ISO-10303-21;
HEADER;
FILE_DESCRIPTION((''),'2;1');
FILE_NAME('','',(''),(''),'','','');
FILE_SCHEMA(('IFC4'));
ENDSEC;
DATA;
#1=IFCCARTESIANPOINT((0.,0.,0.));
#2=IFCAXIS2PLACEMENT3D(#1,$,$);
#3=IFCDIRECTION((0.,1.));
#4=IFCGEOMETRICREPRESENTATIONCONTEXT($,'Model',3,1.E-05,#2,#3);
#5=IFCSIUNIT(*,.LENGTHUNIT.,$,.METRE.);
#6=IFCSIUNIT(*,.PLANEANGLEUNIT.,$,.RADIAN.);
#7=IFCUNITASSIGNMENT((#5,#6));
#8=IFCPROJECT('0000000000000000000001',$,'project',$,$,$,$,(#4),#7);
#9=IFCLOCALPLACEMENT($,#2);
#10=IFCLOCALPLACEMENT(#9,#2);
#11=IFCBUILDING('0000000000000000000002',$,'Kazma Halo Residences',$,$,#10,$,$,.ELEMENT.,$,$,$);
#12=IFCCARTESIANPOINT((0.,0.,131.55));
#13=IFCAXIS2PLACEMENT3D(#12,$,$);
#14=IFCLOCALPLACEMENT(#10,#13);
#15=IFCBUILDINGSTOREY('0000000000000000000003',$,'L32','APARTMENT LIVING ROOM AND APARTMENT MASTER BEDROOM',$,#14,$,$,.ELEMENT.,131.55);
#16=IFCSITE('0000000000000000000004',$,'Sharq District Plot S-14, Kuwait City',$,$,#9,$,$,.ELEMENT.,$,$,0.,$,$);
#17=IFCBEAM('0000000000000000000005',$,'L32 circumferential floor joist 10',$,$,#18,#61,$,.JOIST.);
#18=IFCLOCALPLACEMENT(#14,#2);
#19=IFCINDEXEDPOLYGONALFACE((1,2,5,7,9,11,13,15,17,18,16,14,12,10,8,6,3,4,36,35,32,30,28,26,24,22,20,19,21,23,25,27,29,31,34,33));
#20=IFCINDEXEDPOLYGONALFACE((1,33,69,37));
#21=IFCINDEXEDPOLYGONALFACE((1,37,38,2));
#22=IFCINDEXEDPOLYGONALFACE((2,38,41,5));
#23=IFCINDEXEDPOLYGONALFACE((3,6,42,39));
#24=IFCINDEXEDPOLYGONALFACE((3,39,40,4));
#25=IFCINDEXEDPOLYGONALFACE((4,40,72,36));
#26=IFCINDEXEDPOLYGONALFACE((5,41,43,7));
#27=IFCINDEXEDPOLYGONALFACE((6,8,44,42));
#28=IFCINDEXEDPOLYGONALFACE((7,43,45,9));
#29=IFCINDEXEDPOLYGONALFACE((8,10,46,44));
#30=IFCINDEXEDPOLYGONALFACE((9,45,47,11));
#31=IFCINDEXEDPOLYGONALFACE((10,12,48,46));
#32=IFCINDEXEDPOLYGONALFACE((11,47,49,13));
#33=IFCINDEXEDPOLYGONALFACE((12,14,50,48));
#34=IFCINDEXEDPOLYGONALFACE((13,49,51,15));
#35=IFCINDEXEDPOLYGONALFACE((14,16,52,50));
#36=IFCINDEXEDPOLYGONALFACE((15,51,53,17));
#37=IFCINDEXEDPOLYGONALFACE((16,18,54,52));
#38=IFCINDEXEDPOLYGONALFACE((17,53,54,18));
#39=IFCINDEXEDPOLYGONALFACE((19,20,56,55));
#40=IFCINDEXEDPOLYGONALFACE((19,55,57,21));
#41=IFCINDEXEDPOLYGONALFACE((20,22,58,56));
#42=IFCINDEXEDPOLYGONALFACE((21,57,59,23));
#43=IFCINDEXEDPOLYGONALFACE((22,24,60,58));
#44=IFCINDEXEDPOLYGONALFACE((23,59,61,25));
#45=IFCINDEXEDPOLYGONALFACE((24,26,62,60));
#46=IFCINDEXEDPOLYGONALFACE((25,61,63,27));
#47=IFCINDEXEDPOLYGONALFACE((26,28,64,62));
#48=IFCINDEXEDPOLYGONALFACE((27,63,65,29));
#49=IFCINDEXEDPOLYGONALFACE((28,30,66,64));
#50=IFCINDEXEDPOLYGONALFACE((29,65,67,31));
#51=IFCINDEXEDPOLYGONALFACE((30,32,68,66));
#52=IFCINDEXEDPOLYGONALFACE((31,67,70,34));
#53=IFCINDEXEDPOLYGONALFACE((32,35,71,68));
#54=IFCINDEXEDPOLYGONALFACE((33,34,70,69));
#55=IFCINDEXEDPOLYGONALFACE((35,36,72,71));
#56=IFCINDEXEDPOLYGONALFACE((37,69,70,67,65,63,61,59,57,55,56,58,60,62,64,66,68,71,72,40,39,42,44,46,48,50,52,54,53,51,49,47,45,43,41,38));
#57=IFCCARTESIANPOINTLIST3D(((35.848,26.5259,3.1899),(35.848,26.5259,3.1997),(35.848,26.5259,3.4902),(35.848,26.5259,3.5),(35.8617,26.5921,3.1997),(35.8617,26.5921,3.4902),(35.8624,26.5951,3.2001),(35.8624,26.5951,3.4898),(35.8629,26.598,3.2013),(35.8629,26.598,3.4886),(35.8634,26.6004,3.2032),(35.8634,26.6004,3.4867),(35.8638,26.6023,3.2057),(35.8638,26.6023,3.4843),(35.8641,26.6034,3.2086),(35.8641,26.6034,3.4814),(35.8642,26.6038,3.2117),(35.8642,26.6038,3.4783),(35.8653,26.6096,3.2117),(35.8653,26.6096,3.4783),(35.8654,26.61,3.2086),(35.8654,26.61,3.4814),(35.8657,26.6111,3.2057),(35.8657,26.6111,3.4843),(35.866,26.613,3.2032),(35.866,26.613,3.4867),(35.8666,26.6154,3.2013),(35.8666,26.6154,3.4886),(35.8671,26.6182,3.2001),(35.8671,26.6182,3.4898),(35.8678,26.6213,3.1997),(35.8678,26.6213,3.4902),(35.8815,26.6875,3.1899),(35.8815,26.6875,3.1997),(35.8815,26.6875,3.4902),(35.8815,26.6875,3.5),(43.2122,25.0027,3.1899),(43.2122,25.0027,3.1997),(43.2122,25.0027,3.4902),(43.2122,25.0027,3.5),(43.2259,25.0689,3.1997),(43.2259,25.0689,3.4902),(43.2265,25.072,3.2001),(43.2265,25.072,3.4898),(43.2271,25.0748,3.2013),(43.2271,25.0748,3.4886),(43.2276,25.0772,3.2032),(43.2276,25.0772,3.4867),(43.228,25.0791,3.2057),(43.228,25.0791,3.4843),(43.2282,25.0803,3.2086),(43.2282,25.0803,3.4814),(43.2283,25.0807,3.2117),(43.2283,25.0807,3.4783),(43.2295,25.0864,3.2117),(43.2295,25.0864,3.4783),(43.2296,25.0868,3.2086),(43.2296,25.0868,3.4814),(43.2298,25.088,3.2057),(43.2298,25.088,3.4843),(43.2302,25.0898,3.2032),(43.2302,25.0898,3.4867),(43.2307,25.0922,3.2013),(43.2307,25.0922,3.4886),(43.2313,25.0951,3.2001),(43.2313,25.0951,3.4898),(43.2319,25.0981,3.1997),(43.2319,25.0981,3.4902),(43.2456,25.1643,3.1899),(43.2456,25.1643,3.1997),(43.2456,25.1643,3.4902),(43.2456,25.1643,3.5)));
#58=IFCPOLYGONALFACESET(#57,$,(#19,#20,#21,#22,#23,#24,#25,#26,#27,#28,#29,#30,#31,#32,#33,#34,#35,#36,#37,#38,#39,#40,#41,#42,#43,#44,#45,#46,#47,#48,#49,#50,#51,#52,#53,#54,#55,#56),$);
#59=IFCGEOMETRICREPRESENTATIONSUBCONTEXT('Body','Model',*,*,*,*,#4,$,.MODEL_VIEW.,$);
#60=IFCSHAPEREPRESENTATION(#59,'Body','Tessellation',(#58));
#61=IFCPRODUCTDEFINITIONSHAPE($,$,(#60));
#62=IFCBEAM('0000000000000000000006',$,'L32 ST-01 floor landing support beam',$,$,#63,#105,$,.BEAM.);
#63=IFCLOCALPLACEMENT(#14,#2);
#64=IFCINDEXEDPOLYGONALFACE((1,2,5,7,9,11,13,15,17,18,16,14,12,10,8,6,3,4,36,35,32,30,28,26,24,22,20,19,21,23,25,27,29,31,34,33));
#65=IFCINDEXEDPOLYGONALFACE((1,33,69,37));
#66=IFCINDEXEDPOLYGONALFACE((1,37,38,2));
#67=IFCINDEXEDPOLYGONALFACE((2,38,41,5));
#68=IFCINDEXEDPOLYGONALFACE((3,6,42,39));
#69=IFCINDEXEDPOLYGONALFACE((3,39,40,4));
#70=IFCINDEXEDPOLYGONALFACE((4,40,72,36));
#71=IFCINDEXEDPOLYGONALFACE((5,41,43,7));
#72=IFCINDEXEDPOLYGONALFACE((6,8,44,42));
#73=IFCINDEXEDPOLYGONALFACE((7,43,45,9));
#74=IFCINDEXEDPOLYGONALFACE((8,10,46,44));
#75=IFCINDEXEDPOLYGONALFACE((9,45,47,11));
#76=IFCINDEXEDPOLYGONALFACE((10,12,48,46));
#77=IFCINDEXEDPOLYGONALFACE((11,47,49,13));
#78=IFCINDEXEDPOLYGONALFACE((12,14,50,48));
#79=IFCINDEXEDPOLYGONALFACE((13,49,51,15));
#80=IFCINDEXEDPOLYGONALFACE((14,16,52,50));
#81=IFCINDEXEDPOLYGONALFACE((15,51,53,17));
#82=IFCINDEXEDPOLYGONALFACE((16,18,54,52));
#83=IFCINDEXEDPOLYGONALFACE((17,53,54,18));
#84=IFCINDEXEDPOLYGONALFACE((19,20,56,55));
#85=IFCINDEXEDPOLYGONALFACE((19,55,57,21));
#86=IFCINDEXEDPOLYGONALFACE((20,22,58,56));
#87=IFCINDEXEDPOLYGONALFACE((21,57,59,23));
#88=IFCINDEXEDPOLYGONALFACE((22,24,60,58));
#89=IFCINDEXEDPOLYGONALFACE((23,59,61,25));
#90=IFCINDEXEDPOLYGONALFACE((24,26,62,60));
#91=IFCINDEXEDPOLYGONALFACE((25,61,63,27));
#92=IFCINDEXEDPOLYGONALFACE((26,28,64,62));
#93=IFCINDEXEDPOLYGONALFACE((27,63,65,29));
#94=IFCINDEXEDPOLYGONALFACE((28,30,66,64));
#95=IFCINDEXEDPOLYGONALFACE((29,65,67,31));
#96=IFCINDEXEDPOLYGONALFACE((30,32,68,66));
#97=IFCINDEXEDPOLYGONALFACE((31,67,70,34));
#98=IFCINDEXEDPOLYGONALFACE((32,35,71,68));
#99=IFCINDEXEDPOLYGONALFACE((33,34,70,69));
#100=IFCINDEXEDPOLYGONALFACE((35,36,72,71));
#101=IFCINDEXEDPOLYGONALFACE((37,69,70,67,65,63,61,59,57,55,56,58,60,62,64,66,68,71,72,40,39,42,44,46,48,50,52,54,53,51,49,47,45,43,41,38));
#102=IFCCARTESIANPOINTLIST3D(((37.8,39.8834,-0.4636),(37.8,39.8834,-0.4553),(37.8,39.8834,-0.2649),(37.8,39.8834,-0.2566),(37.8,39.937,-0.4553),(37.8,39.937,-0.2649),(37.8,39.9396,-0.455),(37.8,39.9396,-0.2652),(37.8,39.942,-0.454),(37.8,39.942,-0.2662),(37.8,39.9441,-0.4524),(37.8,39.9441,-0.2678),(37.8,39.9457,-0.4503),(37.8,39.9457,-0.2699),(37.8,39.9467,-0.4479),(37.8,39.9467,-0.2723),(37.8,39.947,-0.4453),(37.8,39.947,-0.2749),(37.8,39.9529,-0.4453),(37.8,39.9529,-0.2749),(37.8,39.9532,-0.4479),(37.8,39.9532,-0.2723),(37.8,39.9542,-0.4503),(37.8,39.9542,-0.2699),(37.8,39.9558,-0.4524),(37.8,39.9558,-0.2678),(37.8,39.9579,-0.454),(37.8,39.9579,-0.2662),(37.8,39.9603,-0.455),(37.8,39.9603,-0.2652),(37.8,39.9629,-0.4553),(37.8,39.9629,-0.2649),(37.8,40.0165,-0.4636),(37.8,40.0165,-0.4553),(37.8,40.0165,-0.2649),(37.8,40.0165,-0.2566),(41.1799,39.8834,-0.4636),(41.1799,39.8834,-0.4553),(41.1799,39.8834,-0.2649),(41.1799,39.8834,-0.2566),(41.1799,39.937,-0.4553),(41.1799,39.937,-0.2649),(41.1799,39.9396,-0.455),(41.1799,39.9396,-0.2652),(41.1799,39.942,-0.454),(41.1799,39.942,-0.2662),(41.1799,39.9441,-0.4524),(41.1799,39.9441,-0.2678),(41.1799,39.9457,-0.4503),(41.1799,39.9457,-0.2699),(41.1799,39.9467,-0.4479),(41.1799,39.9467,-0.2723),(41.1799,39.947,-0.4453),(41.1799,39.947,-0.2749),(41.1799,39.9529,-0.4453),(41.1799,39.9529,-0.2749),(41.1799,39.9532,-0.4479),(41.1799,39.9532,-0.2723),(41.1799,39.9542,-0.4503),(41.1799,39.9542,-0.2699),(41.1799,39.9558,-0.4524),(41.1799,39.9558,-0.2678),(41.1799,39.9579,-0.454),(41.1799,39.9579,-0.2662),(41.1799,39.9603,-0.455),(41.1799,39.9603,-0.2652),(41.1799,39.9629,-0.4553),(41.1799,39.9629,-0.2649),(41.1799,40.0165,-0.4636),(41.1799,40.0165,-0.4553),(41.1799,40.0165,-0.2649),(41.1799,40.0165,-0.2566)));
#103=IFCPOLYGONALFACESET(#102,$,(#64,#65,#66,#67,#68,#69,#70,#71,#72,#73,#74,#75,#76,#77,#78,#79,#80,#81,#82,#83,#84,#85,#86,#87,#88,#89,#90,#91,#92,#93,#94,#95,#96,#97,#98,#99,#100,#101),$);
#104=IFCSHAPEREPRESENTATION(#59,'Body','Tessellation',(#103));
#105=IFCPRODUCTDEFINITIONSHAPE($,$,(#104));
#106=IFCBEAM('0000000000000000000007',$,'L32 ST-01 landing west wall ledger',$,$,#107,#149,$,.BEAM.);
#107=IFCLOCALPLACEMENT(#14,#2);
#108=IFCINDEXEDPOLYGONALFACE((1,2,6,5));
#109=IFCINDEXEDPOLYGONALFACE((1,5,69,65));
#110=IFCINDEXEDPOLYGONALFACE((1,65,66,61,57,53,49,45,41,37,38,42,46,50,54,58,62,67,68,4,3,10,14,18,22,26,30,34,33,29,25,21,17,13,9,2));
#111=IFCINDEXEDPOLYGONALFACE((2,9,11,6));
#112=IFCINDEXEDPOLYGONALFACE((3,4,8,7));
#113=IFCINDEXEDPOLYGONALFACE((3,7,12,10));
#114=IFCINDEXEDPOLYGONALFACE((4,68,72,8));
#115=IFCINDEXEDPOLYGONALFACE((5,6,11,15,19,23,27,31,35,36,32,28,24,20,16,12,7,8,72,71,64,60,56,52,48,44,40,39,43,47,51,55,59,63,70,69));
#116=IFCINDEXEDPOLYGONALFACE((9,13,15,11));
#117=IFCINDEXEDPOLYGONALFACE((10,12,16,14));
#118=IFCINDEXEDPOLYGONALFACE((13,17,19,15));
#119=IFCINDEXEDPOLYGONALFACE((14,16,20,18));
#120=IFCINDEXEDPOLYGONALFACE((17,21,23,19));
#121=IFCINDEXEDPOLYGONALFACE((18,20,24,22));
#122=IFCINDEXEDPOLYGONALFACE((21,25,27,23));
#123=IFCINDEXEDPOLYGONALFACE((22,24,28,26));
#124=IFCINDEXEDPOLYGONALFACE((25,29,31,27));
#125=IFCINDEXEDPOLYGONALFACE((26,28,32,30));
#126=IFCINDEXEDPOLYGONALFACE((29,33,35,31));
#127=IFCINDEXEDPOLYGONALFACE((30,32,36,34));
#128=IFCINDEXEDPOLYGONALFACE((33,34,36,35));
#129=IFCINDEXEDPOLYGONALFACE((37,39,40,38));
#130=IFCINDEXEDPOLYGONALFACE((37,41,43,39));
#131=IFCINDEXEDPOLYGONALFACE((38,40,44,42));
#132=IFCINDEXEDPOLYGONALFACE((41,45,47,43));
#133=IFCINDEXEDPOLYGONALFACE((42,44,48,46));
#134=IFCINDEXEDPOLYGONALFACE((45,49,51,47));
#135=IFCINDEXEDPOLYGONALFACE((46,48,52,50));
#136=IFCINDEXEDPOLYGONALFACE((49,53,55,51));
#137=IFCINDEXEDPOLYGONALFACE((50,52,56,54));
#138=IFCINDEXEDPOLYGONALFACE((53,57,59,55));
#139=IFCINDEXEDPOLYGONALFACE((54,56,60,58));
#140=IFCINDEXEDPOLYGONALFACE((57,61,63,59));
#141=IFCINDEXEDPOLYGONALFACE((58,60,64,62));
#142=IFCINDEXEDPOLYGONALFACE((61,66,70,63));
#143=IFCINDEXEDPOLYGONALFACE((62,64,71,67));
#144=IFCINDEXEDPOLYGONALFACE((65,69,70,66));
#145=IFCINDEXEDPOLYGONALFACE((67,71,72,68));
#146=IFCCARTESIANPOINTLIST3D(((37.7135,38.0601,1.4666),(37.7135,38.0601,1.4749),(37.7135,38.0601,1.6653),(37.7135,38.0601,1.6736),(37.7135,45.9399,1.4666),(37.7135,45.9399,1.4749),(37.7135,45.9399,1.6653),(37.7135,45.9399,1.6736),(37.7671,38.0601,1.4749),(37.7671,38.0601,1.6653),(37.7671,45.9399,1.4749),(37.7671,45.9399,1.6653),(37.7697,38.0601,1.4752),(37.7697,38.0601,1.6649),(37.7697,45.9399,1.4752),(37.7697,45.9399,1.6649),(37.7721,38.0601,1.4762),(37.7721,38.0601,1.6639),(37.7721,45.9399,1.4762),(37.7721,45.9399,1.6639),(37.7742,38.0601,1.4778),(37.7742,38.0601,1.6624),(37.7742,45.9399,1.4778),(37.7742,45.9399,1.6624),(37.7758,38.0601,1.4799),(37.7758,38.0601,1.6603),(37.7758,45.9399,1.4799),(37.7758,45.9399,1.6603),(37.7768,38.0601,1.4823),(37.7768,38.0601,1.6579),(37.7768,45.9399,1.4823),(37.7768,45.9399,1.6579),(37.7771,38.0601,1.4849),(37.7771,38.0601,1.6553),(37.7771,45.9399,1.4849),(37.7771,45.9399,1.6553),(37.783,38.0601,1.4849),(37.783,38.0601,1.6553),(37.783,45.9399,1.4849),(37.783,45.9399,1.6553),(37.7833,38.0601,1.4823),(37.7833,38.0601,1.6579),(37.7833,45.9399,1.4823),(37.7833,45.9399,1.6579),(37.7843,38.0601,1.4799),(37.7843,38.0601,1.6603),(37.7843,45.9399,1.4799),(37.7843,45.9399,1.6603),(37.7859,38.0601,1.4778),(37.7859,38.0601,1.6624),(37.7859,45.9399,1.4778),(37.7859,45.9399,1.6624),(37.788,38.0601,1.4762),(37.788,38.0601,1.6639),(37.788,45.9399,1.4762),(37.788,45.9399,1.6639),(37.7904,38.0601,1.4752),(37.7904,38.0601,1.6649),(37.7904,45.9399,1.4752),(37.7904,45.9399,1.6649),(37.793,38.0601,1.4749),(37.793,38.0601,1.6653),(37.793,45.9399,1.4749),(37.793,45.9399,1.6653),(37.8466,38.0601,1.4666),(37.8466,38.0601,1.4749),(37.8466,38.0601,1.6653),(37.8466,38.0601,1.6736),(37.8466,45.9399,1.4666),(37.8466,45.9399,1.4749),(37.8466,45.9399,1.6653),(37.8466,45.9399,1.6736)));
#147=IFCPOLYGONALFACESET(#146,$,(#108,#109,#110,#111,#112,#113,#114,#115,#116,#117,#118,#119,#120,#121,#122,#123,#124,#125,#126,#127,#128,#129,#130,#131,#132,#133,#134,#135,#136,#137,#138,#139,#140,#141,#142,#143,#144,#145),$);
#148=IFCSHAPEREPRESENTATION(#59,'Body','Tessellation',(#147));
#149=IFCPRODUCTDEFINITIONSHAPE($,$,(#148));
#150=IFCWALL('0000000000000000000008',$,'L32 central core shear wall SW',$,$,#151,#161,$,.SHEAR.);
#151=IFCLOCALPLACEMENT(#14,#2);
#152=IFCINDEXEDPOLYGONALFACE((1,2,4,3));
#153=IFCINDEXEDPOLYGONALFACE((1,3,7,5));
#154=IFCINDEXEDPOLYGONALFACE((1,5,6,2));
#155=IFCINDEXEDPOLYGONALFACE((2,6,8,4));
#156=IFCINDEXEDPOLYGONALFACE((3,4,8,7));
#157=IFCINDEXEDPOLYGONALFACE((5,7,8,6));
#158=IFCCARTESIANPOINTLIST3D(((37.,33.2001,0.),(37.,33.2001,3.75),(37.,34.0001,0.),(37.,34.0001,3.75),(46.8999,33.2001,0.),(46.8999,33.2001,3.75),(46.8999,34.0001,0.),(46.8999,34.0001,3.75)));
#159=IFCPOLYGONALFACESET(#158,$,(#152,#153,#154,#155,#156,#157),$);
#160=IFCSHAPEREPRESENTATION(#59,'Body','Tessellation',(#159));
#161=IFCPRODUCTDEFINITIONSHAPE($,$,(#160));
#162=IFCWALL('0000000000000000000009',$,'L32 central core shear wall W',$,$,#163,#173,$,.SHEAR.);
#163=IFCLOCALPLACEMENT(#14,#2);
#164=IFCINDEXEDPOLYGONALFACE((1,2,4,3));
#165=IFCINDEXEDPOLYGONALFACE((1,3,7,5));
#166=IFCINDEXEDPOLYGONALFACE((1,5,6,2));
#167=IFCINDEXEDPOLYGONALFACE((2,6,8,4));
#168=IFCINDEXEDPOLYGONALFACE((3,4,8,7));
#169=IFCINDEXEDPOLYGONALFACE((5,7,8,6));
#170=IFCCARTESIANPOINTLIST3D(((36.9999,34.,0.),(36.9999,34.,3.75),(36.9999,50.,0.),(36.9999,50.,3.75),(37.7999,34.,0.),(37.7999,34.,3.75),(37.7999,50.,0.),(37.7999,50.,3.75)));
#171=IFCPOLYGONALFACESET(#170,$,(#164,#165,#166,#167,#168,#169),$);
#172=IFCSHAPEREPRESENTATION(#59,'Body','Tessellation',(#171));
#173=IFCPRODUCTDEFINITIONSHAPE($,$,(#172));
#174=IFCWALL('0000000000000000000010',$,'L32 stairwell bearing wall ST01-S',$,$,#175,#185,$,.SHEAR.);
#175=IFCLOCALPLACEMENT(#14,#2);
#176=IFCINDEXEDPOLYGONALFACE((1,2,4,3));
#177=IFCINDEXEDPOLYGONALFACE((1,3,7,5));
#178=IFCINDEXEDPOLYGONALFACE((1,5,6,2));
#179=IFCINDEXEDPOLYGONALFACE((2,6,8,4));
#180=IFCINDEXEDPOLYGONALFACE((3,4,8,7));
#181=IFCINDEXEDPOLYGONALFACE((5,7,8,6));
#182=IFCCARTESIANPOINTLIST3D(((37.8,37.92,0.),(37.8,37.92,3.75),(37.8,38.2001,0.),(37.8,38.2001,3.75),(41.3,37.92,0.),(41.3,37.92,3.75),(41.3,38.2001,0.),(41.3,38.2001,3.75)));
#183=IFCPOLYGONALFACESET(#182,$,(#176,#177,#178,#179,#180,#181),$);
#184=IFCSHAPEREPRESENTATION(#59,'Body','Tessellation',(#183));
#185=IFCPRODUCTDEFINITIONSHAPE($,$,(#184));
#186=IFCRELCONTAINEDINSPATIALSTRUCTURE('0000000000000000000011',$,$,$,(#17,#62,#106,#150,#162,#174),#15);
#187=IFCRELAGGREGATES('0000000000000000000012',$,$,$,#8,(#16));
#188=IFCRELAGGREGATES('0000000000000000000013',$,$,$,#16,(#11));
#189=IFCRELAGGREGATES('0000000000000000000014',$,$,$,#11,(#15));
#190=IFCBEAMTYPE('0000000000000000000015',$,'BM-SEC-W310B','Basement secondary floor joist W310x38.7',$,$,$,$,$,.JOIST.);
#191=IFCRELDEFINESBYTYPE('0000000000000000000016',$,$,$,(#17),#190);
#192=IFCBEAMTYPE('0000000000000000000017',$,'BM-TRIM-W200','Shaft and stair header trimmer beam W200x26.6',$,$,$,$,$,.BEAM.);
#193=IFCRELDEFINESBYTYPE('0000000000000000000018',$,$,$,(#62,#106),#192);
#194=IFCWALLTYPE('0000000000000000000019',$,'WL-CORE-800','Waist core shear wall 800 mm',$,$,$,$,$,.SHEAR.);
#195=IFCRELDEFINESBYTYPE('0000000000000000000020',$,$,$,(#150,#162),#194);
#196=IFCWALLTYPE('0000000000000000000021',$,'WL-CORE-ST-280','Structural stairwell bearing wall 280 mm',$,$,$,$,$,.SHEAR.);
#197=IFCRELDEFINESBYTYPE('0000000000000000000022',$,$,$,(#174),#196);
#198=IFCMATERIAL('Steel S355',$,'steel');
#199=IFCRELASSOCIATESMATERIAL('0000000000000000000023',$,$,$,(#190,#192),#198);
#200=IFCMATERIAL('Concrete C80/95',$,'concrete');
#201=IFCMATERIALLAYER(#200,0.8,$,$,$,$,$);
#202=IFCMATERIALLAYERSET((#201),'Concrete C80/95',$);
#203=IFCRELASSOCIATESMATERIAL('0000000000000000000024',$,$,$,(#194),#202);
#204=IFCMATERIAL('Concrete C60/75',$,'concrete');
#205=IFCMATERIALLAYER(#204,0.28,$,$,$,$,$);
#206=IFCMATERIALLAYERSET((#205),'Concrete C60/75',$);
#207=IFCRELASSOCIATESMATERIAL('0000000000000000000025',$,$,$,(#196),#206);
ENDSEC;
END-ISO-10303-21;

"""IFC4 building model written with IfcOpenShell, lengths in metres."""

from ifc_helpers import new_model, si_unit, direction, frame, frame_2d, origin, origin_2d, place, context, subcontext, project, spatial, rectangle, i_section, extrude, material, layer, layer_set, material_profile, profile_set, type_object, element, save


model = new_model("IFC4")

# Units and contexts
model_context = context("Model", 3, precision=1e-05, world=origin(), true_north=direction((0.0, 1.0)))
body_context = subcontext(model_context, "Body", "Model", "MODEL_VIEW")
ifc_project = project(units=[si_unit("LENGTHUNIT", "METRE"), si_unit("PLANEANGLEUNIT", "RADIAN")], contexts=[model_context])

# Site, building, storey
site_placement = place(None, origin())
site = spatial("IfcSite", under=ifc_project, at=site_placement, Name="Sharq District Plot S-14, Kuwait City", CompositionType="ELEMENT", RefElevation=0.0)
building_placement = place(site_placement, origin())
building = spatial("IfcBuilding", under=site, at=building_placement, Name="Kazma Halo Residences", CompositionType="ELEMENT")
storey_placement = place(building_placement, frame((0.0, 0.0, 131.55)))
storey = spatial("IfcBuildingStorey", under=building, at=storey_placement, Name="L32", Description="APARTMENT LIVING ROOM AND APARTMENT MASTER BEDROOM", CompositionType="ELEMENT", Elevation=131.55)

# Beams
ifc_material_1 = material(Name="Steel S355", Category="steel")
ifc_material_profile_1 = material_profile(ifc_material_1, i_section(OverallWidth=0.165, OverallDepth=0.3101, WebThickness=0.0059, FlangeThickness=0.0098, FilletRadius=0.012, at=origin_2d()), Name="W310x38.7")
ifc_profile_set_1 = profile_set([ifc_material_profile_1], Name="Steel S355")
beam_type_1 = type_object("IfcBeamType", Name="BM-SEC-W310B", Description="Basement secondary floor joist W310x38.7", PredefinedType="JOIST", material=ifc_profile_set_1)
beam_1_placement = place(storey_placement, frame((35.8647, 26.6067, 3.345), z_axis=(0.979272, -0.202549, 0.0), x_axis=(0.202549, 0.979272, 0.0)))
element("IfcBeam", 1, at=beam_1_placement, inside=storey, type_object=beam_type_1, Name="L32 circumferential floor joist 10", PredefinedType="JOIST", context=body_context, shape_type="SweptSolid", body=[
    extrude(i_section(OverallWidth=0.165, OverallDepth=0.3101, WebThickness=0.0059, FlangeThickness=0.0098, FilletRadius=0.012, at=origin_2d()), origin(), (0.0, 0.0, 1.0), 7.52),
])
ifc_material_profile_2 = material_profile(ifc_material_1, i_section(OverallWidth=0.1331, OverallDepth=0.207, WebThickness=0.0059, FlangeThickness=0.0083, FilletRadius=0.01, at=origin_2d()), Name="W200x26.6")
ifc_profile_set_2 = profile_set([ifc_material_profile_2], Name="Steel S355")
beam_type_2 = type_object("IfcBeamType", Name="BM-TRIM-W200", Description="Shaft and stair header trimmer beam W200x26.6", PredefinedType="BEAM", material=ifc_profile_set_2)
beam_2_placement = place(storey_placement, frame((37.8, 39.95, -0.3601), z_axis=(1.0, 0.0, 0.0), x_axis=(0.0, 1.0, 0.0)))
element("IfcBeam", 2, at=beam_2_placement, inside=storey, type_object=beam_type_2, Name="L32 ST-01 floor landing support beam", PredefinedType="BEAM", context=body_context, shape_type="SweptSolid", body=[
    extrude(i_section(OverallWidth=0.1331, OverallDepth=0.207, WebThickness=0.0059, FlangeThickness=0.0083, FilletRadius=0.01, at=origin_2d()), origin(), (0.0, 0.0, 1.0), 3.3799),
])
beam_3_placement = place(storey_placement, frame((37.78, 38.0601, 1.5701), z_axis=(0.0, 1.0, 0.0), x_axis=(-1.0, 0.0, 0.0)))
element("IfcBeam", 3, at=beam_3_placement, inside=storey, type_object=beam_type_2, Name="L32 ST-01 landing west wall ledger", PredefinedType="BEAM", context=body_context, shape_type="SweptSolid", body=[
    extrude(i_section(OverallWidth=0.1331, OverallDepth=0.207, WebThickness=0.0059, FlangeThickness=0.0083, FilletRadius=0.01, at=origin_2d()), origin(), (0.0, 0.0, 1.0), 7.8799),
])

# Walls
ifc_material_2 = material(Name="Concrete C80/95", Category="concrete")
ifc_layer_1 = layer(ifc_material_2, 0.8)
ifc_layer_set_1 = layer_set([ifc_layer_1], Name="Concrete C80/95")
wall_type_1 = type_object("IfcWallType", Name="WL-CORE-800", Description="Waist core shear wall 800 mm", PredefinedType="SHEAR", material=ifc_layer_set_1)
wall_1_placement = place(storey_placement, frame((37.0, 33.6001, 0.0), z_axis=(0.0, 0.0, 1.0), x_axis=(1.0, 0.0, 0.0)))
element("IfcWall", 4, at=wall_1_placement, inside=storey, type_object=wall_type_1, Name="L32 central core shear wall SW", PredefinedType="SHEAR", context=body_context, shape_type="SweptSolid", body=[
    extrude(rectangle(XDim=9.8999, YDim=0.8, at=frame_2d((4.95, 0.0))), origin(), (0.0, 0.0, 1.0), 3.75),
])
wall_2_placement = place(storey_placement, frame((37.3999, 34.0, 0.0), z_axis=(0.0, 0.0, 1.0), x_axis=(0.0, 1.0, 0.0)))
element("IfcWall", 5, at=wall_2_placement, inside=storey, type_object=wall_type_1, Name="L32 central core shear wall W", PredefinedType="SHEAR", context=body_context, shape_type="SweptSolid", body=[
    extrude(rectangle(XDim=16.0, YDim=0.8, at=frame_2d((8.0, 0.0))), origin(), (0.0, 0.0, 1.0), 3.75),
])
ifc_material_3 = material(Name="Concrete C60/75", Category="concrete")
ifc_layer_2 = layer(ifc_material_3, 0.28)
ifc_layer_set_2 = layer_set([ifc_layer_2], Name="Concrete C60/75")
wall_type_2 = type_object("IfcWallType", Name="WL-CORE-ST-280", Description="Structural stairwell bearing wall 280 mm", PredefinedType="SHEAR", material=ifc_layer_set_2)
wall_3_placement = place(storey_placement, frame((37.8, 38.0601, 0.0), z_axis=(0.0, 0.0, 1.0), x_axis=(1.0, 0.0, 0.0)))
element("IfcWall", 6, at=wall_3_placement, inside=storey, type_object=wall_type_2, Name="L32 stairwell bearing wall ST01-S", PredefinedType="SHEAR", context=body_context, shape_type="SweptSolid", body=[
    extrude(rectangle(XDim=3.5, YDim=0.28, at=frame_2d((1.75, 0.0))), origin(), (0.0, 0.0, 1.0), 3.75),
])

save(model, "model.ifc")
